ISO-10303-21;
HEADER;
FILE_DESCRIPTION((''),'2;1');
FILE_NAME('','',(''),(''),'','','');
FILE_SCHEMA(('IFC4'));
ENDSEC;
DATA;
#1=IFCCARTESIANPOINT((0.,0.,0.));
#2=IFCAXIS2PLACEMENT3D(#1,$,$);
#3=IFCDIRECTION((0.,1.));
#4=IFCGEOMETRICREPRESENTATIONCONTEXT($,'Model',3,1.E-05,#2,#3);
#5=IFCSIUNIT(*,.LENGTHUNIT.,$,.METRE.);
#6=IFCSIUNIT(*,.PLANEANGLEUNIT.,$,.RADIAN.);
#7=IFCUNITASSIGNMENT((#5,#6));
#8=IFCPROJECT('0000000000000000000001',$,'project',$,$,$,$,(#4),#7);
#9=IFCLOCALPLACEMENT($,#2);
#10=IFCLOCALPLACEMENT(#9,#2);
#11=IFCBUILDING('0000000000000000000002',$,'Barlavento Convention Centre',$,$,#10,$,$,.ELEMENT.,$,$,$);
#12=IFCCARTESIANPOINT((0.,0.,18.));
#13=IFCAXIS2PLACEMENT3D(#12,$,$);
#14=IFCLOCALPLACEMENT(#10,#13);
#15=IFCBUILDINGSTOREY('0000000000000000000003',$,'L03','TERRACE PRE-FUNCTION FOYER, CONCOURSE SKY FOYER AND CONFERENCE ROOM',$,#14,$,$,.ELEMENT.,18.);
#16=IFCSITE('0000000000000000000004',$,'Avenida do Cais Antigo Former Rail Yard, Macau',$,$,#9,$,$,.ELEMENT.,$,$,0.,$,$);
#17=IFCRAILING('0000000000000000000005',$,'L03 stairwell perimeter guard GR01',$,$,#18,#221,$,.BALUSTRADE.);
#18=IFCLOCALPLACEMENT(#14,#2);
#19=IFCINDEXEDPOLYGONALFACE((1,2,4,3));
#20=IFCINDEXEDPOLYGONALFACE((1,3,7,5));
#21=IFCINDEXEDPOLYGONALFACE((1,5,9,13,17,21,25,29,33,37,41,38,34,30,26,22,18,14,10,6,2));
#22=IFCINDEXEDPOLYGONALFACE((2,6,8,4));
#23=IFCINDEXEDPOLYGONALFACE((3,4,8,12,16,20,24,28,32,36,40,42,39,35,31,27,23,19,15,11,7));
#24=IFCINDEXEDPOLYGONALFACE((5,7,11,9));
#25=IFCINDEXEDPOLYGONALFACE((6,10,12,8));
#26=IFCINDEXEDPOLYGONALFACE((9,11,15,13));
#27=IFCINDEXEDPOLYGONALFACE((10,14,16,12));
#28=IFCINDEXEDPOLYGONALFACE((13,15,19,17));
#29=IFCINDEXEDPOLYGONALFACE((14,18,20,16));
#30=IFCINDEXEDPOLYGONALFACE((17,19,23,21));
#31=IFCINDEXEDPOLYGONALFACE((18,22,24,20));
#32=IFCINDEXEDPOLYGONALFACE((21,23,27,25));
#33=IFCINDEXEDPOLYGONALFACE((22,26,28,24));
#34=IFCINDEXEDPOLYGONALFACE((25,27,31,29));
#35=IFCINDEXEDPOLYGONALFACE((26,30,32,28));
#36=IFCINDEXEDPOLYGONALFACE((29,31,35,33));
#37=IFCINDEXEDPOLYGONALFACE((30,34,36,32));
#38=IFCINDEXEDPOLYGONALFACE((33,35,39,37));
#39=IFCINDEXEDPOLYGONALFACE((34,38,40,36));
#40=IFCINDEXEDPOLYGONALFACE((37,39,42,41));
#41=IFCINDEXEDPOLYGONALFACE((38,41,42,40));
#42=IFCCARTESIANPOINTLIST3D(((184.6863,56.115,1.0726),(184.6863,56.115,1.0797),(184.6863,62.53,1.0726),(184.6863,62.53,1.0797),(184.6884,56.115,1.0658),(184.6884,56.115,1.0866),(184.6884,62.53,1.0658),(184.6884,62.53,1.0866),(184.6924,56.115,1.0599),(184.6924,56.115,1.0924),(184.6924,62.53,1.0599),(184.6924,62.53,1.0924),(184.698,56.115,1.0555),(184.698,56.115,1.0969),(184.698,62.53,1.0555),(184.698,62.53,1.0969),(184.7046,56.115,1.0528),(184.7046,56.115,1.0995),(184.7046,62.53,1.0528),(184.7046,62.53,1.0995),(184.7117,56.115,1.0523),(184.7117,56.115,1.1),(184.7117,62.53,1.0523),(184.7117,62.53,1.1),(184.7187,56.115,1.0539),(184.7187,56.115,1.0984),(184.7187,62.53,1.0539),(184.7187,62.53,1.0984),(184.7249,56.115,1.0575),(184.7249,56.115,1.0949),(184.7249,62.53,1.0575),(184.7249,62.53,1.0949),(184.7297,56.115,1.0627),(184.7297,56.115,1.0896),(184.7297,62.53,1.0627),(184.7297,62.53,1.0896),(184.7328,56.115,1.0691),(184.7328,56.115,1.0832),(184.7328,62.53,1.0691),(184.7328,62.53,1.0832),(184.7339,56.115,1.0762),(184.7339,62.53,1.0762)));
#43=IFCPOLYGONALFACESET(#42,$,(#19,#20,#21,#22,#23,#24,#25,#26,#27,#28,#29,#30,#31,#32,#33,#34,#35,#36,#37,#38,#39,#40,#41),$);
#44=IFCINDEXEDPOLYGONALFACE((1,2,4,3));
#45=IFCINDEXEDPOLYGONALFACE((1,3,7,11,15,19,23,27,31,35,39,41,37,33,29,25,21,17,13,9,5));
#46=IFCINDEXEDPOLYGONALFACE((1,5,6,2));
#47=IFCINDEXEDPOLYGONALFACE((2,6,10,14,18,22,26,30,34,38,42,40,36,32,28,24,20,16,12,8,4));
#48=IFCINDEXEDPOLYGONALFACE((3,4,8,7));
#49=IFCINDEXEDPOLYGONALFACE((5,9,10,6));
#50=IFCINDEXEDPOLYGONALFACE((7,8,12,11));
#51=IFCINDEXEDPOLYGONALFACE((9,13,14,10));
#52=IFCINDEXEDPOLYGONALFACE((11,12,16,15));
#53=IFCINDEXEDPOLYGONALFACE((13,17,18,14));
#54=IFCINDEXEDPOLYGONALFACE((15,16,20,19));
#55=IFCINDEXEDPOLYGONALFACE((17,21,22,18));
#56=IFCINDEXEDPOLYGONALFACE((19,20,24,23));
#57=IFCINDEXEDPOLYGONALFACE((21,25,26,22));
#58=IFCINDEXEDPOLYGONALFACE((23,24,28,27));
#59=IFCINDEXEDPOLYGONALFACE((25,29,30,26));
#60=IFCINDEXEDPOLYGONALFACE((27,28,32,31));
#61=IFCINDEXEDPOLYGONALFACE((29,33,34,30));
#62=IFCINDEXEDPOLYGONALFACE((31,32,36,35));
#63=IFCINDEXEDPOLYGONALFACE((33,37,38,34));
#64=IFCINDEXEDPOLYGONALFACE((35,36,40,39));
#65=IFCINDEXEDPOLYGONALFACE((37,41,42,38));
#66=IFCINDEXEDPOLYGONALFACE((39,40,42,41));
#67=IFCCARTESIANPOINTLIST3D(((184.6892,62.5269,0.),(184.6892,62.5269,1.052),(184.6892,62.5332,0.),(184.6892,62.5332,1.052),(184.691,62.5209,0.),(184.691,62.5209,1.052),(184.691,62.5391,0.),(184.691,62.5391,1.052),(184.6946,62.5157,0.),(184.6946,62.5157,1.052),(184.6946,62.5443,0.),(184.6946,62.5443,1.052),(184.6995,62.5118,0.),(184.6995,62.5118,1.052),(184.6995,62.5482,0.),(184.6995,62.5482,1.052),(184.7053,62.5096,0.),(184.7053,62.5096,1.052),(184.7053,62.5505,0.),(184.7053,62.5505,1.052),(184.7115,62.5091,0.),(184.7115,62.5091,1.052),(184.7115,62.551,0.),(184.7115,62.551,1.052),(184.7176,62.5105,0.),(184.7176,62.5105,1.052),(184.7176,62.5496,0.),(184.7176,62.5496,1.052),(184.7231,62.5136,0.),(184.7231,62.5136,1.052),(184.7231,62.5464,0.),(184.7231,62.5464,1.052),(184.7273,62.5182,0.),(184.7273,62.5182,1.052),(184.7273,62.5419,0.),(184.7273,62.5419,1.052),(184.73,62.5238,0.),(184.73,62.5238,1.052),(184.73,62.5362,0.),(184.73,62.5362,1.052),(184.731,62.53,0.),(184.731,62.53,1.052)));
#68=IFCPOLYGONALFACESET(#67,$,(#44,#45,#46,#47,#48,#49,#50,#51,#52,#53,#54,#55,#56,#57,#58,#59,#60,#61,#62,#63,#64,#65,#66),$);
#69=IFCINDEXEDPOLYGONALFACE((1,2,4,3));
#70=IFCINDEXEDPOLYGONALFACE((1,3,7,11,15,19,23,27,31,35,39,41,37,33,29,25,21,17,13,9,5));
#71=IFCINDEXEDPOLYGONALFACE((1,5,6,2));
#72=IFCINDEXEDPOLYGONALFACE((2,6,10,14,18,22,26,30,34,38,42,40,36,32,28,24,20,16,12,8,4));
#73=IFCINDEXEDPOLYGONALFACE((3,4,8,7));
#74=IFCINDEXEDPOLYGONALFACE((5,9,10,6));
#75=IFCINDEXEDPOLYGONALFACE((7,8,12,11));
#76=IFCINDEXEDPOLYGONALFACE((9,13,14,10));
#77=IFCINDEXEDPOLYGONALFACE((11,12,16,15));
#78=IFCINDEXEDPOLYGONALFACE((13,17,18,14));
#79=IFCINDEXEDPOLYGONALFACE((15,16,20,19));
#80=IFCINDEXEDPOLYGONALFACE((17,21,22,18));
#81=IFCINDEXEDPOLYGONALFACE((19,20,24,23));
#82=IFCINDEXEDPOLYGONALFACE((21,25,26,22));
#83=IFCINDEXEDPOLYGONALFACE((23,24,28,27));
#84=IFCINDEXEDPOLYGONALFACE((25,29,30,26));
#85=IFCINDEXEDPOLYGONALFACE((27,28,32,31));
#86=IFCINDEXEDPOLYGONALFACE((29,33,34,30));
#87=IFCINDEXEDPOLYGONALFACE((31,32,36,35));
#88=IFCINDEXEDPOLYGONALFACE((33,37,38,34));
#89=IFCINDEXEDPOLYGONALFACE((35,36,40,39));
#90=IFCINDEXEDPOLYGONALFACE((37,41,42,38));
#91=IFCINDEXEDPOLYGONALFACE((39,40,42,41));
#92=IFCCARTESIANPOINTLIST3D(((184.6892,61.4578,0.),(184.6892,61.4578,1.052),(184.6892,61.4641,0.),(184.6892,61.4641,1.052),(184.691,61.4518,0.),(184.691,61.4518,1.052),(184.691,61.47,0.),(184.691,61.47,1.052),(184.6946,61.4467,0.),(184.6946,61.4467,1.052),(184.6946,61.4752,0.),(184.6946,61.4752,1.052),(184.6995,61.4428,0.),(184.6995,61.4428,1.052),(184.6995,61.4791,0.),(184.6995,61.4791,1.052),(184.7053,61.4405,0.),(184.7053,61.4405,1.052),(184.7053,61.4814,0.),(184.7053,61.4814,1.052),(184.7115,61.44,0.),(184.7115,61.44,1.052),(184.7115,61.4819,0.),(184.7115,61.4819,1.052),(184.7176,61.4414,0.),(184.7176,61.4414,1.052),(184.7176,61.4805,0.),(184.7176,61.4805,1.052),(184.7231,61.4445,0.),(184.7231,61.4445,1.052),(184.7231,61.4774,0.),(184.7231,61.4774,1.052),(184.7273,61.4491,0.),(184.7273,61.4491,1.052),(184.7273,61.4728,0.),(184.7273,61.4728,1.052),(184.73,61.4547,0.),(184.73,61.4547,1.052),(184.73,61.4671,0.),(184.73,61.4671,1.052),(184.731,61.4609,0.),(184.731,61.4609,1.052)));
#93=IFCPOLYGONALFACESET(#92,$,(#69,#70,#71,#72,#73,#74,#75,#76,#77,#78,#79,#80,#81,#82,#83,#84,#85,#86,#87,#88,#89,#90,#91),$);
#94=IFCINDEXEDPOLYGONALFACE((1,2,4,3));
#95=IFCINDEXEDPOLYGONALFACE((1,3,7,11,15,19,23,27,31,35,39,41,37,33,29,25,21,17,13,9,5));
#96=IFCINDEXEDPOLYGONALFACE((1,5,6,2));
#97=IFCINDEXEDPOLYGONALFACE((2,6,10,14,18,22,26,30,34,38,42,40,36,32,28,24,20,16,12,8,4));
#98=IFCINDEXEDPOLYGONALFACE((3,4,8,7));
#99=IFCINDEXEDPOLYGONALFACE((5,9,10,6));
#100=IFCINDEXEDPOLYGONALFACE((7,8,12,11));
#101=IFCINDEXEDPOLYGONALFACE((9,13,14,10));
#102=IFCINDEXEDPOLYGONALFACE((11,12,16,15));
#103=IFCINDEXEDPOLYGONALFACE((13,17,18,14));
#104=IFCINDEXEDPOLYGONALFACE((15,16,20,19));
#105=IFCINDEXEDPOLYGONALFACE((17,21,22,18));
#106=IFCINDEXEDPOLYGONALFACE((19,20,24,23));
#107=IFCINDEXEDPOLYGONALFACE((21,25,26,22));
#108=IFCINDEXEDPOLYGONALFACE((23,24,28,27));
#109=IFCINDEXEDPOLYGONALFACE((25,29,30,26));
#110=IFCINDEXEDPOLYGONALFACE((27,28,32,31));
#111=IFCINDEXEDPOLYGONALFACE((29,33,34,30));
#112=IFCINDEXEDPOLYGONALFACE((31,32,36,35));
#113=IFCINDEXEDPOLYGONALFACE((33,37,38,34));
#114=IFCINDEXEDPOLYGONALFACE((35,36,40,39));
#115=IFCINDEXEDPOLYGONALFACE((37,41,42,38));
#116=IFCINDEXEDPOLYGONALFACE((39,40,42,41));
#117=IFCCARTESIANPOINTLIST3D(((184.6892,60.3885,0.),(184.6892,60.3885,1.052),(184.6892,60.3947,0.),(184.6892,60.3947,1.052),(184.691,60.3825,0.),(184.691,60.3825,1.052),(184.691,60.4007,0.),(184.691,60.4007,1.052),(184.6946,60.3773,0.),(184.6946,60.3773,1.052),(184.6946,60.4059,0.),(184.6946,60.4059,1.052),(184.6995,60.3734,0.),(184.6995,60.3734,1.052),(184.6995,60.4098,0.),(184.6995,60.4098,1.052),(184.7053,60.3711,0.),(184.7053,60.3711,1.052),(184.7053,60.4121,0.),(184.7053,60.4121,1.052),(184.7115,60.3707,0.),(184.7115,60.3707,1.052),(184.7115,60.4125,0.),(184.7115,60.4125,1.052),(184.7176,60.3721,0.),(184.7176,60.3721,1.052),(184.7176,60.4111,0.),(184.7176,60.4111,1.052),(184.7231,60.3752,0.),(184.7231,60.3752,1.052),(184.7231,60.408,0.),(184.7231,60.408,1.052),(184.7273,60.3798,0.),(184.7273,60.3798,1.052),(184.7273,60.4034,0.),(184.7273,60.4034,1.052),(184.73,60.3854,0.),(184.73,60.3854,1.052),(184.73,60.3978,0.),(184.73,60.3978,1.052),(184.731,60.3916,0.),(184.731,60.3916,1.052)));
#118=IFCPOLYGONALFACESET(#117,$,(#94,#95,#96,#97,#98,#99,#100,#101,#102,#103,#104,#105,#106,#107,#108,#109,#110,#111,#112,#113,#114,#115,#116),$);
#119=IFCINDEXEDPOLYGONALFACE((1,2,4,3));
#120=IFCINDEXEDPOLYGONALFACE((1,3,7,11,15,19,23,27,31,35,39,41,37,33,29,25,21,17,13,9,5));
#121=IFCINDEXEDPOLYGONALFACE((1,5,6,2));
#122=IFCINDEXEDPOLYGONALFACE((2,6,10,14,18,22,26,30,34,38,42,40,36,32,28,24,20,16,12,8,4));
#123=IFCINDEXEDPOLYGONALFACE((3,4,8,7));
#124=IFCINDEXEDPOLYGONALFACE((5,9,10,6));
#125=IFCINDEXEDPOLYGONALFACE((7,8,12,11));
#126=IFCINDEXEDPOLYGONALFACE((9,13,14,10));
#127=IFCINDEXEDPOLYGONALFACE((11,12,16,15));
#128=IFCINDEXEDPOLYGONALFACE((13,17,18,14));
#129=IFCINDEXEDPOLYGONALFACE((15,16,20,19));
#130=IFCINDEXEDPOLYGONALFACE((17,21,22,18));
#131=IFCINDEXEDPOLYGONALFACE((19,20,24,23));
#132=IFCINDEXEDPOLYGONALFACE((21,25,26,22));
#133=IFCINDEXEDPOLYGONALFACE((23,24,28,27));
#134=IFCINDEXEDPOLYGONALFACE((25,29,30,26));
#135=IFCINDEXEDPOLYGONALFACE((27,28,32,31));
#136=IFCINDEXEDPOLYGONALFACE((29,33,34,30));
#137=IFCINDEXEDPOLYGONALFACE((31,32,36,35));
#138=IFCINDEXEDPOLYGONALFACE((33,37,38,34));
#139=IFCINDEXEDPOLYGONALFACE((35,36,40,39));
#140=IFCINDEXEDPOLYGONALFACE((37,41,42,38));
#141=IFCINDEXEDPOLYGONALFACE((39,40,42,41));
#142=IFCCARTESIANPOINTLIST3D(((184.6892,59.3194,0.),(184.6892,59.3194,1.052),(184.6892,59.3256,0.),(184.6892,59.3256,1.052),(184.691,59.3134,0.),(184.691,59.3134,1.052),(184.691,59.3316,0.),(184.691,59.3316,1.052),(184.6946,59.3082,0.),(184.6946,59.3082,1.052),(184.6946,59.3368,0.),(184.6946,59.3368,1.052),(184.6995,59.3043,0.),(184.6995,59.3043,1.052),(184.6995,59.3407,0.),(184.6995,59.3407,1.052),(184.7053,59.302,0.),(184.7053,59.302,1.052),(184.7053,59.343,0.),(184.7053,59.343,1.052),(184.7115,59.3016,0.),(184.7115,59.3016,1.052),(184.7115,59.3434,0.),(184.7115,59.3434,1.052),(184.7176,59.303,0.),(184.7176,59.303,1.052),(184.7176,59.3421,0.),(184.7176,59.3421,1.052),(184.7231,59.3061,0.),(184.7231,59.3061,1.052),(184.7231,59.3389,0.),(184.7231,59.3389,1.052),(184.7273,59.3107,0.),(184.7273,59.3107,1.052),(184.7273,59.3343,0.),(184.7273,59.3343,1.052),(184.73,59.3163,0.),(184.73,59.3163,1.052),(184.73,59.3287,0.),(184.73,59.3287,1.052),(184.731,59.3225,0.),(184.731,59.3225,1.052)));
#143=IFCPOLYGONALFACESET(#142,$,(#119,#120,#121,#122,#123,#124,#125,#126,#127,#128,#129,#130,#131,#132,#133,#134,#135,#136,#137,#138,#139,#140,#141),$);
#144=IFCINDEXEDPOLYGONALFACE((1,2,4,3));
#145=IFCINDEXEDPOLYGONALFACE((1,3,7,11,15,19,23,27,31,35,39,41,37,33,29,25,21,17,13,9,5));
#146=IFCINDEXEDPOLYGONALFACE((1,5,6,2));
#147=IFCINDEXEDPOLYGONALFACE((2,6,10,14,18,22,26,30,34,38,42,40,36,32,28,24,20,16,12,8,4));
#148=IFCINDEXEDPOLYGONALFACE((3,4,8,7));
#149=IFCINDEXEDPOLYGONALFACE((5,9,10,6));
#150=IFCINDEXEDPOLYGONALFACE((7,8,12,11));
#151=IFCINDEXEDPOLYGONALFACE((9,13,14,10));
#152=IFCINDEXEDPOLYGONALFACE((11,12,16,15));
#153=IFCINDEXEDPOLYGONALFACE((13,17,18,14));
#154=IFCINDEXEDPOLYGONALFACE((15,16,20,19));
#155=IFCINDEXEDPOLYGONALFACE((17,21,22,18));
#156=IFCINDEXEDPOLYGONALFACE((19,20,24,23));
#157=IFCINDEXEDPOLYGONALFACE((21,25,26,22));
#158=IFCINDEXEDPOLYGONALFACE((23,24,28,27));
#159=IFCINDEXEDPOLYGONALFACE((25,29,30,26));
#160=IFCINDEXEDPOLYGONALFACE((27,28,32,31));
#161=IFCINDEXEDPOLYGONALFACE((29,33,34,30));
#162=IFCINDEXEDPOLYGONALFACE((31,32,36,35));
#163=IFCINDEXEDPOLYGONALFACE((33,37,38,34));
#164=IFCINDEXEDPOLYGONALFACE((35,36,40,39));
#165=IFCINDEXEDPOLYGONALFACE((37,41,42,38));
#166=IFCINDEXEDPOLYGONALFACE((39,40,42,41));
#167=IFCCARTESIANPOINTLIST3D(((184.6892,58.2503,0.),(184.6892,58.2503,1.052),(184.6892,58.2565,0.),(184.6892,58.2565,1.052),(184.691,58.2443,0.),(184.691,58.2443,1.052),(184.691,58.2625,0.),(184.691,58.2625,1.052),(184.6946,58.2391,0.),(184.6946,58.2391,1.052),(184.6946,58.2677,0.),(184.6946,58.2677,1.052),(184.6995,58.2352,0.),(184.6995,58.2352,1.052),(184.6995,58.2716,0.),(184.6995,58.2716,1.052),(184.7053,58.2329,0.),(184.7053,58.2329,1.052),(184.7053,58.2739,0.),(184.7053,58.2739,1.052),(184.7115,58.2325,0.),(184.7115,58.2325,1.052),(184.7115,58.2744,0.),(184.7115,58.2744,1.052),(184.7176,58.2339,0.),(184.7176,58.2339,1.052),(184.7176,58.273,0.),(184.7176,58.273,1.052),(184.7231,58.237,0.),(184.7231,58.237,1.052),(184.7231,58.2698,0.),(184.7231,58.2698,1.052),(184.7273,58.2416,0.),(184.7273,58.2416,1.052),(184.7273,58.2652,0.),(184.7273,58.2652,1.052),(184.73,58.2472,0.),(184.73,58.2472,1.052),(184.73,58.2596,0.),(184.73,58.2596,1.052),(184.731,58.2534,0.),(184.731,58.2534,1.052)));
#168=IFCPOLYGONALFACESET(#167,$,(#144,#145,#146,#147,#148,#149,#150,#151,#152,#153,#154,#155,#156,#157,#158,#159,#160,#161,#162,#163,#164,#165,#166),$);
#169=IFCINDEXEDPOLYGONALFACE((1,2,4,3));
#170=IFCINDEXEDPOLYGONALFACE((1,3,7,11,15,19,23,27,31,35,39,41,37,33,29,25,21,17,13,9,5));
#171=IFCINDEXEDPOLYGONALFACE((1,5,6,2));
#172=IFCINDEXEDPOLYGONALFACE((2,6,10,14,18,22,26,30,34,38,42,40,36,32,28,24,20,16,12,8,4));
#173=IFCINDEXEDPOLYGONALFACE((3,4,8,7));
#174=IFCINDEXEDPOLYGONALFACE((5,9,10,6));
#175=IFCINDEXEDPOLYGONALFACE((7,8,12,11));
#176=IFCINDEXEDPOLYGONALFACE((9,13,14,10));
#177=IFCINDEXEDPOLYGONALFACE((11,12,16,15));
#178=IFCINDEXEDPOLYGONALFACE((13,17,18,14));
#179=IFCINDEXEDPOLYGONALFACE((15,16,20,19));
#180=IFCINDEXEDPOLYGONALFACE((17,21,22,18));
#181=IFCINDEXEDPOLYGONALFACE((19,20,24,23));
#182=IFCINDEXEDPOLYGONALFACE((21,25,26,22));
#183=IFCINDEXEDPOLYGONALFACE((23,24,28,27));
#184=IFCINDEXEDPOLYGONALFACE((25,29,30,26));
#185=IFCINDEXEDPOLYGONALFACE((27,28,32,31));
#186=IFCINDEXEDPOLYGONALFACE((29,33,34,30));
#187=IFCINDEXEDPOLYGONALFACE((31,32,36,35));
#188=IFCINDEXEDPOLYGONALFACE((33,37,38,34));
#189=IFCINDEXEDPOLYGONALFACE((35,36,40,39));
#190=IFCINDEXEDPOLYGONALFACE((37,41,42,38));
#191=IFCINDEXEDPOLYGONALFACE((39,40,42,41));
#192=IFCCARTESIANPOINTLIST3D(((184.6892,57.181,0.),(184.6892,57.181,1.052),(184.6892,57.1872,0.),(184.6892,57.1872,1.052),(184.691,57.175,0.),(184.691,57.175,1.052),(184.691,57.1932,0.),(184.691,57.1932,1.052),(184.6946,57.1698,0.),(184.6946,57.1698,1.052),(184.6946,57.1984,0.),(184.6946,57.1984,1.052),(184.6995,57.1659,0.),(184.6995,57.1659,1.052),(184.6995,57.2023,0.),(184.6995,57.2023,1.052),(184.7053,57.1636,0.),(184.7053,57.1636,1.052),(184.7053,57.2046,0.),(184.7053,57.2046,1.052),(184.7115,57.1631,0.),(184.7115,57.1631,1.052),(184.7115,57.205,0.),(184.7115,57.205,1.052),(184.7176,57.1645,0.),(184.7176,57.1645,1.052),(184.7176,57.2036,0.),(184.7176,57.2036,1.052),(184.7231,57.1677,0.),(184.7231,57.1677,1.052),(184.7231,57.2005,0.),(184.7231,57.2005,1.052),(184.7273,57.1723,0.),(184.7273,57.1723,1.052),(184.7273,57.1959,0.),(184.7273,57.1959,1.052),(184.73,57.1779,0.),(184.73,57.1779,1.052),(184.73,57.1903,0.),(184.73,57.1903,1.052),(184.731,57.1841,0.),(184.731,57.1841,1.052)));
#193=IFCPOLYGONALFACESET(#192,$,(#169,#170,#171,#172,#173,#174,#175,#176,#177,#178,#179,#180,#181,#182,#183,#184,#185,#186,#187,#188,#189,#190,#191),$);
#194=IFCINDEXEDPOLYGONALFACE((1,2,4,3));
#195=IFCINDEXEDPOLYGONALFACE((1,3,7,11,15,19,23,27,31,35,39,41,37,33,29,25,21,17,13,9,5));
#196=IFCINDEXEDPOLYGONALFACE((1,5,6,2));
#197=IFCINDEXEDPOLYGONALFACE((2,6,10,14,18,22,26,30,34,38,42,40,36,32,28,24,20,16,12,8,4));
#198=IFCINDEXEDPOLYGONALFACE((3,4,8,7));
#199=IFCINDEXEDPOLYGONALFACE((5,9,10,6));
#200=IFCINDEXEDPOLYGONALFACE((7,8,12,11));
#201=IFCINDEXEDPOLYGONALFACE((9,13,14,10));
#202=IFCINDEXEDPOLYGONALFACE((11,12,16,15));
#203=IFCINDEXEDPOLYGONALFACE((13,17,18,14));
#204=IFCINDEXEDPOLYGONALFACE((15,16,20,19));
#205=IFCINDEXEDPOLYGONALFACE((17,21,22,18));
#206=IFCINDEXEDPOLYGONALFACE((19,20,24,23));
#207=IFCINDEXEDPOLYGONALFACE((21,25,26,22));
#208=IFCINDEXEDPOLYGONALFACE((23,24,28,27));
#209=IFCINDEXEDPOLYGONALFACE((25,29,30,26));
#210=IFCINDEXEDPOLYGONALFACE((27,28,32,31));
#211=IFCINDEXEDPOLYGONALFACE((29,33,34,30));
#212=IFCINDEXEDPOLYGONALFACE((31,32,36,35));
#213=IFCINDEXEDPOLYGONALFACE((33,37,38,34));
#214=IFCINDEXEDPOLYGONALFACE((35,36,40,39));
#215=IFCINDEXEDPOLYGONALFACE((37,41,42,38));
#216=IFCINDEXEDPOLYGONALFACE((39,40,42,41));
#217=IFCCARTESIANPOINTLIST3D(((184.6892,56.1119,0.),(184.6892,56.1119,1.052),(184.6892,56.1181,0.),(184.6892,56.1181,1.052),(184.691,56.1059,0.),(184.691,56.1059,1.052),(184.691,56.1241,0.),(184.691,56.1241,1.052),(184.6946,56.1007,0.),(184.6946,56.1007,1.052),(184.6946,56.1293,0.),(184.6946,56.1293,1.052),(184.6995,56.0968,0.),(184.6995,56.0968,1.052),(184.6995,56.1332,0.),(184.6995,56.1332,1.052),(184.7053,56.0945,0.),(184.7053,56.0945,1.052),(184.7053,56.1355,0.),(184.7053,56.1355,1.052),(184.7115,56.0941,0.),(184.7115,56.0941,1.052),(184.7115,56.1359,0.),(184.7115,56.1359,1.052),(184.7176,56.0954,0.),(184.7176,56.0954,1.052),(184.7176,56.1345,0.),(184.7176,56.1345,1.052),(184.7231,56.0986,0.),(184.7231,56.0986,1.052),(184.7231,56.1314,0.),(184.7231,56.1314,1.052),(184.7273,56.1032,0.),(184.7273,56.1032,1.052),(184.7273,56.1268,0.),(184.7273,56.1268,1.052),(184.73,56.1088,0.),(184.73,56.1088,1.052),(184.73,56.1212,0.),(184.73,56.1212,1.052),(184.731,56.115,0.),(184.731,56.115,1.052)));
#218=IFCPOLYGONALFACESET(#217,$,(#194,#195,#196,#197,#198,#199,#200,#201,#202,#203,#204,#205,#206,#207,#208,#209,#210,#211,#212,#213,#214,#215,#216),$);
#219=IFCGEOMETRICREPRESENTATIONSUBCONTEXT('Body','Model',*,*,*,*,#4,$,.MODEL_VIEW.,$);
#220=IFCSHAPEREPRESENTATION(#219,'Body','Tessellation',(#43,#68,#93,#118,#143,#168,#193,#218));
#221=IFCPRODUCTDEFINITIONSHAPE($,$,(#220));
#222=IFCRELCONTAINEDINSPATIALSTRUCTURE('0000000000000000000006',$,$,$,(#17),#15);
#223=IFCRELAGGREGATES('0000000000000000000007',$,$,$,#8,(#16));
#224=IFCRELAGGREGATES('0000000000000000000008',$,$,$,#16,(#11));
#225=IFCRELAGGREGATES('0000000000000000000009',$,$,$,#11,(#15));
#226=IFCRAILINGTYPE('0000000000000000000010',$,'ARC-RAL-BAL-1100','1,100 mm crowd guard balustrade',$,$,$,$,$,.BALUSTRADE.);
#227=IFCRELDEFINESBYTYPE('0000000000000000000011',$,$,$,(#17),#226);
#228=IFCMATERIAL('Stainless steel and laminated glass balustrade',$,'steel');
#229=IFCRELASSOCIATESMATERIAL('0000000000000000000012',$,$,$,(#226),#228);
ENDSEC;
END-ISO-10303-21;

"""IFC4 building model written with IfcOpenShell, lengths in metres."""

from ifc_helpers import new_model, si_unit, direction, frame, origin, origin_2d, place, context, subcontext, project, spatial, circle, extrude, material, type_object, element, save


model = new_model("IFC4")

# Units and contexts
model_context = context("Model", 3, precision=1e-05, world=origin(), true_north=direction((0.0, 1.0)))
body_context = subcontext(model_context, "Body", "Model", "MODEL_VIEW")
ifc_project = project(units=[si_unit("LENGTHUNIT", "METRE"), si_unit("PLANEANGLEUNIT", "RADIAN")], contexts=[model_context])

# Site, building, storey
site_placement = place(None, origin())
site = spatial("IfcSite", under=ifc_project, at=site_placement, Name="Avenida do Cais Antigo Former Rail Yard, Macau", CompositionType="ELEMENT", RefElevation=0.0)
building_placement = place(site_placement, origin())
building = spatial("IfcBuilding", under=site, at=building_placement, Name="Barlavento Convention Centre", CompositionType="ELEMENT")
storey_placement = place(building_placement, frame((0.0, 0.0, 18.0)))
storey = spatial("IfcBuildingStorey", under=building, at=storey_placement, Name="L03", Description="TERRACE PRE-FUNCTION FOYER, CONCOURSE SKY FOYER AND CONFERENCE ROOM", CompositionType="ELEMENT", Elevation=18.0)

# Railing
ifc_material_1 = material(Name="Stainless steel and laminated glass balustrade", Category="steel")
railing_type_1 = type_object("IfcRailingType", Name="ARC-RAL-BAL-1100", Description="1,100 mm crowd guard balustrade", PredefinedType="BALUSTRADE", material=ifc_material_1)
railing_1_placement = place(storey_placement, frame((184.71, 62.53, 0.0)))
element("IfcRailing", 1, at=railing_1_placement, inside=storey, type_object=railing_type_1, Name="L03 stairwell perimeter guard GR01", PredefinedType="BALUSTRADE", context=body_context, shape_type="SweptSolid", body=[
    extrude(circle(Radius=0.0239, at=origin_2d()), frame((0.0, 0.0, 1.0762), z_axis=(0.0, -1.0, 0.0), x_axis=(1.0, 0.0, 0.0)), (0.0, 0.0, 1.0), 6.415),
    extrude(circle(Radius=0.021, at=origin_2d()), origin(), (0.0, 0.0, 1.0), 1.052),
    extrude(circle(Radius=0.021, at=origin_2d()), frame((0.0, -1.0691, 0.0)), (0.0, 0.0, 1.0), 1.052),
    extrude(circle(Radius=0.021, at=origin_2d()), frame((0.0, -2.1384, 0.0)), (0.0, 0.0, 1.0), 1.052),
    extrude(circle(Radius=0.021, at=origin_2d()), frame((0.0, -3.2075, 0.0)), (0.0, 0.0, 1.0), 1.052),
    extrude(circle(Radius=0.021, at=origin_2d()), frame((0.0, -4.2766, 0.0)), (0.0, 0.0, 1.0), 1.052),
    extrude(circle(Radius=0.021, at=origin_2d()), frame((0.0, -5.3459, 0.0)), (0.0, 0.0, 1.0), 1.052),
    extrude(circle(Radius=0.021, at=origin_2d()), frame((0.0, -6.415, 0.0)), (0.0, 0.0, 1.0), 1.052),
])

save(model, "model.ifc")
